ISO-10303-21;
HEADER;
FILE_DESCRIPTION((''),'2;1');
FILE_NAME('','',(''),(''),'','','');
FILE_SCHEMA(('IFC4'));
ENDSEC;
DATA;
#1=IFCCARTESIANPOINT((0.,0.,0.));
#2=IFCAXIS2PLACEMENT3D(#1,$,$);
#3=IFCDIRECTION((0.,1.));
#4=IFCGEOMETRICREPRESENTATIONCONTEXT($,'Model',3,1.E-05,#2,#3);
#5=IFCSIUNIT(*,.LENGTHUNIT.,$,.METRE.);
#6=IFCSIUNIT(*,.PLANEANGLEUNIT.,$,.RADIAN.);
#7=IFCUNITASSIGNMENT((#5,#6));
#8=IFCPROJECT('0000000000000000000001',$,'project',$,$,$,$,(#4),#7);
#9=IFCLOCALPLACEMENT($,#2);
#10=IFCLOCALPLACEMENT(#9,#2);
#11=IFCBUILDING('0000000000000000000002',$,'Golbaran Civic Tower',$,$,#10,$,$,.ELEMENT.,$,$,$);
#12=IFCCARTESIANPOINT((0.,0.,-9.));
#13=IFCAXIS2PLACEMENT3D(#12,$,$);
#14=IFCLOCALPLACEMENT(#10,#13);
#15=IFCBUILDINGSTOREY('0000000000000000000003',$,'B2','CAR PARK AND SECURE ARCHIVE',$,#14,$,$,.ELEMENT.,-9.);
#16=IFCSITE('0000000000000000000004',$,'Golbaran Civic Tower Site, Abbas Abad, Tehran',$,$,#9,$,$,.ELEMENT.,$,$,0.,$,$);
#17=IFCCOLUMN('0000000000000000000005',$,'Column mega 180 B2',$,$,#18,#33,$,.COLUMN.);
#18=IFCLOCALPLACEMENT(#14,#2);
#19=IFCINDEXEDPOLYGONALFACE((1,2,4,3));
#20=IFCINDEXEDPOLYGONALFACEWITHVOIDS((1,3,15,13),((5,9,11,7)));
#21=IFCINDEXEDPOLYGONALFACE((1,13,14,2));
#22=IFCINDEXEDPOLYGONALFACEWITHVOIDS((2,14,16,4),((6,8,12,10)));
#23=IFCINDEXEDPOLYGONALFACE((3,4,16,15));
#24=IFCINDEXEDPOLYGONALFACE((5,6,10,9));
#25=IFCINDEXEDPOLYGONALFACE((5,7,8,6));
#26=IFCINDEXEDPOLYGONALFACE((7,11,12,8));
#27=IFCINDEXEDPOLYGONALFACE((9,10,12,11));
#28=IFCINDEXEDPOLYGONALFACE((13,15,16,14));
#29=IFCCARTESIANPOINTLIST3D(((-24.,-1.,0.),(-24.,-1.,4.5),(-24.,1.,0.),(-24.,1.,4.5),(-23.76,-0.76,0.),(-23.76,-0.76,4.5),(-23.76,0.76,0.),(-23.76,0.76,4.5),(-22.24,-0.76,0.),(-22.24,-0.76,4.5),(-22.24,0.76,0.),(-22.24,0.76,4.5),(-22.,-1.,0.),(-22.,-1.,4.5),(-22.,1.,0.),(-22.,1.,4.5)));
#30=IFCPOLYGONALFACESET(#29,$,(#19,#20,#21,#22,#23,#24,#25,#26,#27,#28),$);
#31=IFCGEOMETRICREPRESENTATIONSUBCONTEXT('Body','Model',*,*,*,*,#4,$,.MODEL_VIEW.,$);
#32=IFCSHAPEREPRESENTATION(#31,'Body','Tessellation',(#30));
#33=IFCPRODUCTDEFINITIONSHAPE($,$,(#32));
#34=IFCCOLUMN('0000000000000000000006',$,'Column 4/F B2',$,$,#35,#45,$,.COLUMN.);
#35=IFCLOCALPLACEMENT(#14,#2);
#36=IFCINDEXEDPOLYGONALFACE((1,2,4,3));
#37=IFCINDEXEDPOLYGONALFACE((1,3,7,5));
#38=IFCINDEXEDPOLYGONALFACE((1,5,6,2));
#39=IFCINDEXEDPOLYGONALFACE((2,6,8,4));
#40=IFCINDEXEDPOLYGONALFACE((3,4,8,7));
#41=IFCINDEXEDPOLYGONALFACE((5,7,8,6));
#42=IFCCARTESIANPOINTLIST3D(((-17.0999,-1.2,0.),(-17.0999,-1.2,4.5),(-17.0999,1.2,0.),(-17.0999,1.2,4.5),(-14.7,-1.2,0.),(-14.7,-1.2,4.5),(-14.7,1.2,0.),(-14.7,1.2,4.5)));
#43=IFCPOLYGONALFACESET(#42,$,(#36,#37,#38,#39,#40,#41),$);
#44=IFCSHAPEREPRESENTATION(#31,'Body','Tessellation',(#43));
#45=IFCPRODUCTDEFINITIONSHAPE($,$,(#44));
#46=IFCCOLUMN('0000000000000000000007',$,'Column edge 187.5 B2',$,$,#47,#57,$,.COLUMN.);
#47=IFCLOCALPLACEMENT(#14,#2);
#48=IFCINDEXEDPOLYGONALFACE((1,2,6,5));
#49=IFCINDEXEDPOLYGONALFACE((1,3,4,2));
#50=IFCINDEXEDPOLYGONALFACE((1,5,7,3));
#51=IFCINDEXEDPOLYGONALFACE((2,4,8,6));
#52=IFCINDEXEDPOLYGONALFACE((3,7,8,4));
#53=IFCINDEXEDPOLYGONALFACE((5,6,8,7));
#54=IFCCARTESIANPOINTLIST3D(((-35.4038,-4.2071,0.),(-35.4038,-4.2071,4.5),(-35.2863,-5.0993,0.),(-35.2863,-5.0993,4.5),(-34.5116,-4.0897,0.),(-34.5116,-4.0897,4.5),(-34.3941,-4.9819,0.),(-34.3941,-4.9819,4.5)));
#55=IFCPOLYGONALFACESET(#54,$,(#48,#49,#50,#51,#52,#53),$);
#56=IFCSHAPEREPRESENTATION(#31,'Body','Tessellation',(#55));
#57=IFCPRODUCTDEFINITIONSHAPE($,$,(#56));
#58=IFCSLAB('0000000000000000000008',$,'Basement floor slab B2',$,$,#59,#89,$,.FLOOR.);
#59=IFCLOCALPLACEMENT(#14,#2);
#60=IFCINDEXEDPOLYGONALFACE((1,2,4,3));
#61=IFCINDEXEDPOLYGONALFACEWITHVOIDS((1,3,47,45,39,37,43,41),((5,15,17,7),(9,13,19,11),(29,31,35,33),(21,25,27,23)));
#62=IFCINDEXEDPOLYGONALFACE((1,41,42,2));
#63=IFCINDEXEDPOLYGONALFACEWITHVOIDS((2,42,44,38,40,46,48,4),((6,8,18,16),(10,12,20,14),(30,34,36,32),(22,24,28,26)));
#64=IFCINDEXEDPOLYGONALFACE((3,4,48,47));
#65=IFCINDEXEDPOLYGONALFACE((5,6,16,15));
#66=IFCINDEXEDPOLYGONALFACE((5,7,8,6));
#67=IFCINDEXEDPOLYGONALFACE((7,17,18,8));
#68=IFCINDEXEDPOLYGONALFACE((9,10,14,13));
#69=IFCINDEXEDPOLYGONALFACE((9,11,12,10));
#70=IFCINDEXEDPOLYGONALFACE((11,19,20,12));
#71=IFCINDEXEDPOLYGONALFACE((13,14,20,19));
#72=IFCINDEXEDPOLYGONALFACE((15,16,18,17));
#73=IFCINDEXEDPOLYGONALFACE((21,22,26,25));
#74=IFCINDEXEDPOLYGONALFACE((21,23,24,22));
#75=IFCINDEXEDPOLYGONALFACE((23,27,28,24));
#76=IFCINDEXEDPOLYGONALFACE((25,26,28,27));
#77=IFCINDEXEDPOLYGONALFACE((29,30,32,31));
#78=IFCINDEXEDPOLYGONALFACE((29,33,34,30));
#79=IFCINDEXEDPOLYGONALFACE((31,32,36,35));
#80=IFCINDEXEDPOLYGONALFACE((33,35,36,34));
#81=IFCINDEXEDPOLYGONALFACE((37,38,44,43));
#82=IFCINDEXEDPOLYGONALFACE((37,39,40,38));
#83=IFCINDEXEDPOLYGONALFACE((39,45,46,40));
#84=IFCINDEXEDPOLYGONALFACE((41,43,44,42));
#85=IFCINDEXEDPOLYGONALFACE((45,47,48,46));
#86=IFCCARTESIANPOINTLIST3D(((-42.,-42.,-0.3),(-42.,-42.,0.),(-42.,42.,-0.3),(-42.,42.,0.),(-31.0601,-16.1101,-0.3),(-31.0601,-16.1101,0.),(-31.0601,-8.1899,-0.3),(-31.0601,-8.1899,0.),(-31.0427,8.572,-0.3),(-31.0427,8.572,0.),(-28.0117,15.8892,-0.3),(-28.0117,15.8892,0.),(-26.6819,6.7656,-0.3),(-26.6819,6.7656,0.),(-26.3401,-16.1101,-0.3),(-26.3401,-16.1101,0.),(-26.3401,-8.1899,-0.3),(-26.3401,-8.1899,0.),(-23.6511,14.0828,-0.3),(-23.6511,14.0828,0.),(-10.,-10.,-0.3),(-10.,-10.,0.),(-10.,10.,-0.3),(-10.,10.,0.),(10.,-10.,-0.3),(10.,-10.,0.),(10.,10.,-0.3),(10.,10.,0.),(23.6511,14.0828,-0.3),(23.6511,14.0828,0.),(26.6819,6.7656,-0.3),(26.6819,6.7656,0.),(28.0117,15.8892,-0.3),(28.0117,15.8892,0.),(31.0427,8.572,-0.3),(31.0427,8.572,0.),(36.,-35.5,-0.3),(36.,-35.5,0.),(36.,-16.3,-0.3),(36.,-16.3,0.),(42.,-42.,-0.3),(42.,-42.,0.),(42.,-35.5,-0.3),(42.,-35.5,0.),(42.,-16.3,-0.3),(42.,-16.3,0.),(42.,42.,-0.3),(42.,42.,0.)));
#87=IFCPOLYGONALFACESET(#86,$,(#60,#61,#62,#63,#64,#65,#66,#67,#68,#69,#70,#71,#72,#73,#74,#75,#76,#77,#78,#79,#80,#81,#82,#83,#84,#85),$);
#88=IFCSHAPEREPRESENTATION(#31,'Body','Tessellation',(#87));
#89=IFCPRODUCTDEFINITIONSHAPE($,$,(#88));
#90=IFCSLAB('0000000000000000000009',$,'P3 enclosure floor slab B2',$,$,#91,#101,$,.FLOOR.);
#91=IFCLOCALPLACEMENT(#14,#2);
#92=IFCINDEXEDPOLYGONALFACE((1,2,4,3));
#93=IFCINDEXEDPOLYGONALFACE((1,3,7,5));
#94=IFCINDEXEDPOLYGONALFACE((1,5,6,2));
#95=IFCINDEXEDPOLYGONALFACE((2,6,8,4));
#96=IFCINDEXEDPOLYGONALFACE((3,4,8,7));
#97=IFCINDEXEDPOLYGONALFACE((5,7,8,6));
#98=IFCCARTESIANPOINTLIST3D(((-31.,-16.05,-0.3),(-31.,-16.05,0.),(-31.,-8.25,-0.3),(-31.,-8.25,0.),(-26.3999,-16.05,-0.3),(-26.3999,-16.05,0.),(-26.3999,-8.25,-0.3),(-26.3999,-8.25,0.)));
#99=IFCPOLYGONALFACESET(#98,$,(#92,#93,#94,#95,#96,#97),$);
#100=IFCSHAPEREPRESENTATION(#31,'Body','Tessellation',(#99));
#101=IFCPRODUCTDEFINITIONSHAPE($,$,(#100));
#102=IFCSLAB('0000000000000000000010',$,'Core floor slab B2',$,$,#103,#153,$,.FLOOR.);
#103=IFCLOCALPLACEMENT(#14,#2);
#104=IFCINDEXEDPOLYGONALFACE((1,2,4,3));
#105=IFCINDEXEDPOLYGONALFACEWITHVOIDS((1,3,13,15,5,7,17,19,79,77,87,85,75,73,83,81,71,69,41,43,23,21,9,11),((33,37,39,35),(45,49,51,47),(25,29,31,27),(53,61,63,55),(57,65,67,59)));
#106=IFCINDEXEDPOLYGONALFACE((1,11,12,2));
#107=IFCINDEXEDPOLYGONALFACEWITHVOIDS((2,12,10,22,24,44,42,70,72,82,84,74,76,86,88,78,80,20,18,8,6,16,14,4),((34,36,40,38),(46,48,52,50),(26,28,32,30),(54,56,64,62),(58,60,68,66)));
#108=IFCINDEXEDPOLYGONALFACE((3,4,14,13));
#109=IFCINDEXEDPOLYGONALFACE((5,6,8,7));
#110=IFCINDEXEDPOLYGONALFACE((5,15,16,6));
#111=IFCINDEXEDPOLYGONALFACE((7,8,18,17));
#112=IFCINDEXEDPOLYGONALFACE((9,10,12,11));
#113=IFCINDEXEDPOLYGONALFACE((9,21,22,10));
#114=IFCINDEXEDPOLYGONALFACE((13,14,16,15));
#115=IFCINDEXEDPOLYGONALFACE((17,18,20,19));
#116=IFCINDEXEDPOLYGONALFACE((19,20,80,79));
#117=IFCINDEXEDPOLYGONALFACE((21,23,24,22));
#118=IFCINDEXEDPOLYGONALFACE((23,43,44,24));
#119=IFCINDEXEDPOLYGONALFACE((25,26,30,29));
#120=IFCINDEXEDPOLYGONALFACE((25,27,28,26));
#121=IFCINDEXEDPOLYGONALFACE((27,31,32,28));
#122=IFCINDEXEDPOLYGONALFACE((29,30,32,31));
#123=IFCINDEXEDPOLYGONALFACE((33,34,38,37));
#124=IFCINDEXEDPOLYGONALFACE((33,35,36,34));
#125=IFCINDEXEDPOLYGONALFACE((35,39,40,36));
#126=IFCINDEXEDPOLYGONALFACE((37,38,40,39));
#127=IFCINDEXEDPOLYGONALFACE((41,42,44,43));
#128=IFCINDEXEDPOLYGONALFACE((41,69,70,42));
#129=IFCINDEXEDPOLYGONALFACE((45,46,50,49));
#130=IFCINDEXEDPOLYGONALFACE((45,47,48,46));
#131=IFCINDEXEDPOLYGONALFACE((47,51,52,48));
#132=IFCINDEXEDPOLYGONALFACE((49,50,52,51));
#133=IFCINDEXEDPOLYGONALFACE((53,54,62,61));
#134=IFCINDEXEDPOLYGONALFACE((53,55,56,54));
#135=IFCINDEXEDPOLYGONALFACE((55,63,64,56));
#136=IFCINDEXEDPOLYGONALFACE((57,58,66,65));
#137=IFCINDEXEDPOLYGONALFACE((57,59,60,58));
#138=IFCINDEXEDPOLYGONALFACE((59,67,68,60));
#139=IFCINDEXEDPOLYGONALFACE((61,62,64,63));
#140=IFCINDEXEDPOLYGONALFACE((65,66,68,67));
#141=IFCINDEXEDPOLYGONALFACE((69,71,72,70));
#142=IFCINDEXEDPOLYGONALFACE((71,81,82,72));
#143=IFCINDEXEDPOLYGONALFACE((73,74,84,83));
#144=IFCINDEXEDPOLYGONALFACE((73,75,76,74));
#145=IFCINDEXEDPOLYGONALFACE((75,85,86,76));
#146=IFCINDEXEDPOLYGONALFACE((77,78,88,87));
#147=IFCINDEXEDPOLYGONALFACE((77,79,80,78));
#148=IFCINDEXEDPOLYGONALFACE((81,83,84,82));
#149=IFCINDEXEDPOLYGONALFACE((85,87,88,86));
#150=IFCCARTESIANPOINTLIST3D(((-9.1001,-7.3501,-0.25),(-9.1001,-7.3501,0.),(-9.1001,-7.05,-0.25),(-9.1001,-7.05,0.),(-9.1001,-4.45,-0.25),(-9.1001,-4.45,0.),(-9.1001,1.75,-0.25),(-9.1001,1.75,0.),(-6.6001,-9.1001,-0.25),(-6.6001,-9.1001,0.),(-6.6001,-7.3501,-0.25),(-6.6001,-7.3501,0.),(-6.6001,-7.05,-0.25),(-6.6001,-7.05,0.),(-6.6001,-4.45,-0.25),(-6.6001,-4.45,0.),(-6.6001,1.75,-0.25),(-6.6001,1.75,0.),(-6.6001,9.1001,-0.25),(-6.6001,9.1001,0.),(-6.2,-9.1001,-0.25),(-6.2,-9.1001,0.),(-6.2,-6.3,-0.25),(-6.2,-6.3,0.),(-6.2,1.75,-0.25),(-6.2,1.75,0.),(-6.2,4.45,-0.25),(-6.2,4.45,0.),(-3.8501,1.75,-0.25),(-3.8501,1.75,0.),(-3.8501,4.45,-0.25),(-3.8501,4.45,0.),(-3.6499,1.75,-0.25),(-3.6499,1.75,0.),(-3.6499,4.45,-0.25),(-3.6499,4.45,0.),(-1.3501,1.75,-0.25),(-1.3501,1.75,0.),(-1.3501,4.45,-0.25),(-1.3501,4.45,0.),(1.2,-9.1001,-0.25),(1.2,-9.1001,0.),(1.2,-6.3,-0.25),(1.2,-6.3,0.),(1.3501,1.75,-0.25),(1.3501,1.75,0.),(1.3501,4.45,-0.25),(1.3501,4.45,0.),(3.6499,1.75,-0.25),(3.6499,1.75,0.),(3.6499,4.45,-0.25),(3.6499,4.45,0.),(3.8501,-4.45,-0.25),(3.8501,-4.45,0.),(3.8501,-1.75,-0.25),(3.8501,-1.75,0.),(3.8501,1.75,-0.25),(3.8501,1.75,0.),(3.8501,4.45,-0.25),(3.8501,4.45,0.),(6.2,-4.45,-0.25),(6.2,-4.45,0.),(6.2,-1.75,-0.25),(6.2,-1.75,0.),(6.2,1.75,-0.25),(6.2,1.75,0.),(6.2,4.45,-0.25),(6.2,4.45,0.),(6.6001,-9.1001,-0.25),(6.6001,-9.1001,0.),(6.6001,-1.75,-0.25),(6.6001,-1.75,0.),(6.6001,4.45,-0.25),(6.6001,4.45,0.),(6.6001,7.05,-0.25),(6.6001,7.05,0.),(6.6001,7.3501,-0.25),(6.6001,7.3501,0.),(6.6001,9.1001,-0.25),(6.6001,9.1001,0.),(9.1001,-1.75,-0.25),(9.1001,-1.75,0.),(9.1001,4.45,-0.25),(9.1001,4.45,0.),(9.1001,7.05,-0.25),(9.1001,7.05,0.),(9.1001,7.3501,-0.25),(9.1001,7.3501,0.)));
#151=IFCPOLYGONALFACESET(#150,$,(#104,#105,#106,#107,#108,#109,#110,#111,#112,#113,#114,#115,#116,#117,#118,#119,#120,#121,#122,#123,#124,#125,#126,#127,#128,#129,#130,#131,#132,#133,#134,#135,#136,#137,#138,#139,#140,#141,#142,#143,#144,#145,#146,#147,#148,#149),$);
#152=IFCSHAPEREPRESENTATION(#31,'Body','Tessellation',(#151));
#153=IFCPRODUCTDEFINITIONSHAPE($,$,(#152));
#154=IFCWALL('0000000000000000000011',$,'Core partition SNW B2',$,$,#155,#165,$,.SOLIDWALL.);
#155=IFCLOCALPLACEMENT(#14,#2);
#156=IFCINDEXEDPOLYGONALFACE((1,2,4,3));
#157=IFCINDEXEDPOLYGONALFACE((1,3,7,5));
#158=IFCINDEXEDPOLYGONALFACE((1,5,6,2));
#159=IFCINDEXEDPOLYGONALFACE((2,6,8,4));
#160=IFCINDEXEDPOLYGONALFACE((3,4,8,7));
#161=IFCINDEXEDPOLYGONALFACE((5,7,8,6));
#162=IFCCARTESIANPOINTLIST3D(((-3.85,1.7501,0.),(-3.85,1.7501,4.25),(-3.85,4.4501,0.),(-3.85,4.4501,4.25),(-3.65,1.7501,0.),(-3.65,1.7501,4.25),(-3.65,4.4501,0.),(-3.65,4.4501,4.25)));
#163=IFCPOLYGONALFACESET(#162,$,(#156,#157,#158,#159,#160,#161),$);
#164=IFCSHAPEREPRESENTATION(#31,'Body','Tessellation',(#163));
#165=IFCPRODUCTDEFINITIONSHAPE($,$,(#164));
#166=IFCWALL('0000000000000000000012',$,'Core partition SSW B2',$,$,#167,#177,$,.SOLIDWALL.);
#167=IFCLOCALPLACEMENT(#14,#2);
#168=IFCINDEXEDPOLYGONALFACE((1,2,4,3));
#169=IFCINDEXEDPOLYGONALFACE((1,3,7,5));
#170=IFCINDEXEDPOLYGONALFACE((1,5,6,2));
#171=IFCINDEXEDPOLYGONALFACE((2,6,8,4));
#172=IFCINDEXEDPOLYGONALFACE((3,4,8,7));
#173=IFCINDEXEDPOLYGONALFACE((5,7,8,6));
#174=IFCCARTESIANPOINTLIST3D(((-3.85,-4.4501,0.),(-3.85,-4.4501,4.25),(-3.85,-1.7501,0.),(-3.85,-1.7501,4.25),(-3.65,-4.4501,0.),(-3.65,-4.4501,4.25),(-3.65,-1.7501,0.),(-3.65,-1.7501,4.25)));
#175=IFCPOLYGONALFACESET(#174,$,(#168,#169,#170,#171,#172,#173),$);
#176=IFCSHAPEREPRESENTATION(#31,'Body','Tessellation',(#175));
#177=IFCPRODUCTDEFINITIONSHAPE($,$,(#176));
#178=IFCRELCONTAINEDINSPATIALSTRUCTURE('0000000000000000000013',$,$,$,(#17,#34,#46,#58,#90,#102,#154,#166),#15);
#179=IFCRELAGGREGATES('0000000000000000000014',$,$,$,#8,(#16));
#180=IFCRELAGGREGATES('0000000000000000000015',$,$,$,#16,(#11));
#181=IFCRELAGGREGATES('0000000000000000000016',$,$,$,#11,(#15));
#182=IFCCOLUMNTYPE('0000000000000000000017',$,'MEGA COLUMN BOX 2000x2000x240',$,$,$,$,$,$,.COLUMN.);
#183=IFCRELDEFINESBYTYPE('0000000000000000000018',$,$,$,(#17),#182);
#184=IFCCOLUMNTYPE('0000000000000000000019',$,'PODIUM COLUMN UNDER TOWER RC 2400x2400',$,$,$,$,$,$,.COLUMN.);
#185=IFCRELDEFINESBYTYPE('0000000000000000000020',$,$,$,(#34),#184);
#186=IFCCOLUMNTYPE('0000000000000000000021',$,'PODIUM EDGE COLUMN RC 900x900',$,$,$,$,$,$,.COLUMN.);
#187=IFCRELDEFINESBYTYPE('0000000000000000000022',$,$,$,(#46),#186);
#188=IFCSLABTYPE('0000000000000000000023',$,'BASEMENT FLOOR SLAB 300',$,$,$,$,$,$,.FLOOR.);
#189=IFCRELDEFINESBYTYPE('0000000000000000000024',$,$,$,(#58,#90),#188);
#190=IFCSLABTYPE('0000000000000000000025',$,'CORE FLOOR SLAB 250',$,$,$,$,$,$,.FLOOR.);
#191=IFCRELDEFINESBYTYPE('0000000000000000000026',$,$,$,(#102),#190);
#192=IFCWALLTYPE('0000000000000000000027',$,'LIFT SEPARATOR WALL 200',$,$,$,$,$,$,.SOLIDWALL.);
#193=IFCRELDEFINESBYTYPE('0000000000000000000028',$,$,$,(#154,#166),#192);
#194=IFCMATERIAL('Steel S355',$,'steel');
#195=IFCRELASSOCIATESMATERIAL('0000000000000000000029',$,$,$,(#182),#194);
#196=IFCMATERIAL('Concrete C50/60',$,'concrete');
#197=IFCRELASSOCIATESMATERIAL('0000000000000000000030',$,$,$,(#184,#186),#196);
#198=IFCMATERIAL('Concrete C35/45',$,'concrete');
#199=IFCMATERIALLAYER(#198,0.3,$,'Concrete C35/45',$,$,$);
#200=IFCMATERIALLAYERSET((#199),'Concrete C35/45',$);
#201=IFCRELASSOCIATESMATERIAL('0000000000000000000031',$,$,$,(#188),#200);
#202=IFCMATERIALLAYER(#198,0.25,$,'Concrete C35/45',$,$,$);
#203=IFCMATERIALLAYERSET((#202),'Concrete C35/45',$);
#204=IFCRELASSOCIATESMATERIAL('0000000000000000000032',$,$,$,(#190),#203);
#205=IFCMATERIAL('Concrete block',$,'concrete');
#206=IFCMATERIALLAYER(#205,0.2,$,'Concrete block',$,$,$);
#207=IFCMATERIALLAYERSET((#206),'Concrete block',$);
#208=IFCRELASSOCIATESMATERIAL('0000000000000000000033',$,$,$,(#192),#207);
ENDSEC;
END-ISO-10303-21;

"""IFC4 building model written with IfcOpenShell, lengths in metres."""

from ifc_helpers import new_model, si_unit, direction, frame, frame_2d, origin, origin_2d, place, context, subcontext, project, spatial, polyline, rectangle, hollow_rectangle, outline, extrude, material, layer, layer_set, material_profile, profile_set, type_object, element, save


model = new_model("IFC4")

# Units and contexts
model_context = context("Model", 3, precision=1e-05, world=origin(), true_north=direction((0.0, 1.0)))
body_context = subcontext(model_context, "Body", "Model", "MODEL_VIEW")
ifc_project = project(units=[si_unit("LENGTHUNIT", "METRE"), si_unit("PLANEANGLEUNIT", "RADIAN")], contexts=[model_context])

# Site, building, storey
site_placement = place(None, origin())
site = spatial("IfcSite", under=ifc_project, at=site_placement, Name="Golbaran Civic Tower Site, Abbas Abad, Tehran", CompositionType="ELEMENT", RefElevation=0.0)
building_placement = place(site_placement, origin())
building = spatial("IfcBuilding", under=site, at=building_placement, Name="Golbaran Civic Tower", CompositionType="ELEMENT")
storey_placement = place(building_placement, frame((0.0, 0.0, -9.0)))
storey = spatial("IfcBuildingStorey", under=building, at=storey_placement, Name="B2", Description="CAR PARK AND SECURE ARCHIVE", CompositionType="ELEMENT", Elevation=-9.0)

# Columns
ifc_material_1 = material(Name="Steel S355", Category="steel")
ifc_material_profile_1 = material_profile(ifc_material_1, hollow_rectangle(XDim=2.0, YDim=2.0, WallThickness=0.24, at=origin_2d()), Name="BOX 2000x2000x240")
ifc_profile_set_1 = profile_set([ifc_material_profile_1], Name="Steel S355")
column_type_1 = type_object("IfcColumnType", Name="MEGA COLUMN BOX 2000x2000x240", PredefinedType="COLUMN", material=ifc_profile_set_1)
column_1_placement = place(storey_placement, frame((-23.0, 0.0, 0.0), z_axis=(0.0, 0.0, 1.0), x_axis=(-1.0, 0.0, 0.0)))
element("IfcColumn", 1, at=column_1_placement, inside=storey, type_object=column_type_1, Name="Column mega 180 B2", PredefinedType="COLUMN", context=body_context, shape_type="SweptSolid", body=[
    extrude(hollow_rectangle(XDim=2.0, YDim=2.0, WallThickness=0.24, at=origin_2d()), origin(), (0.0, 0.0, 1.0), 4.5),
])
ifc_material_2 = material(Name="Concrete C50/60", Category="concrete")
ifc_material_profile_2 = material_profile(ifc_material_2, rectangle(XDim=2.3999, YDim=2.3999, at=origin_2d()), Name="RC 2400x2400")
ifc_profile_set_2 = profile_set([ifc_material_profile_2], Name="Concrete C50/60")
column_type_2 = type_object("IfcColumnType", Name="PODIUM COLUMN UNDER TOWER RC 2400x2400", PredefinedType="COLUMN", material=ifc_profile_set_2)
column_2_placement = place(storey_placement, frame((-15.8999, 0.0, 0.0), z_axis=(0.0, 0.0, 1.0), x_axis=(1.0, 0.0, 0.0)))
element("IfcColumn", 2, at=column_2_placement, inside=storey, type_object=column_type_2, Name="Column 4/F B2", PredefinedType="COLUMN", context=body_context, shape_type="SweptSolid", body=[
    extrude(rectangle(XDim=2.3999, YDim=2.3999, at=origin_2d()), origin(), (0.0, 0.0, 1.0), 4.5),
])
ifc_material_profile_3 = material_profile(ifc_material_2, rectangle(XDim=0.8999, YDim=0.8999, at=origin_2d()), Name="RC 900x900")
ifc_profile_set_3 = profile_set([ifc_material_profile_3], Name="Concrete C50/60")
column_type_3 = type_object("IfcColumnType", Name="PODIUM EDGE COLUMN RC 900x900", PredefinedType="COLUMN", material=ifc_profile_set_3)
column_3_placement = place(storey_placement, frame((-34.8989, -4.5945, 0.0), z_axis=(0.0, 0.0, 1.0), x_axis=(-0.991445, -0.130526, 0.0)))
element("IfcColumn", 3, at=column_3_placement, inside=storey, type_object=column_type_3, Name="Column edge 187.5 B2", PredefinedType="COLUMN", context=body_context, shape_type="SweptSolid", body=[
    extrude(rectangle(XDim=0.8999, YDim=0.8999, at=origin_2d()), origin(), (0.0, 0.0, 1.0), 4.5),
])

# Slabs
ifc_material_3 = material(Name="Concrete C35/45", Category="concrete")
ifc_layer_1 = layer(ifc_material_3, 0.3, Name="Concrete C35/45")
ifc_layer_set_1 = layer_set([ifc_layer_1], Name="Concrete C35/45")
slab_type_1 = type_object("IfcSlabType", Name="BASEMENT FLOOR SLAB 300", PredefinedType="FLOOR", material=ifc_layer_set_1)
slab_1_placement = place(storey_placement, frame((0.0, 0.0, -0.3)))
element("IfcSlab", 4, at=slab_1_placement, inside=storey, type_object=slab_type_1, Name="Basement floor slab B2", PredefinedType="FLOOR", context=body_context, shape_type="SweptSolid", body=[
    extrude(outline(polyline([(42.0, -16.3), (36.0, -16.3), (36.0, -35.5), (42.0, -35.5), (42.0, -42.0), (-42.0, -42.0), (-42.0, 42.0), (42.0, 42.0), (42.0, -16.3)]), holes=[polyline([(31.0427, 8.572), (28.0117, 15.8892), (23.6511, 14.0828), (26.6819, 6.7656), (31.0427, 8.572)]), polyline([(10.0, -10.0), (10.0, 10.0), (-10.0, 10.0), (-10.0, -10.0), (10.0, -10.0)]), polyline([(-28.0117, 15.8892), (-31.0427, 8.572), (-26.6819, 6.7656), (-23.6511, 14.0828), (-28.0117, 15.8892)]), polyline([(-31.0601, -16.1101), (-26.3401, -16.1101), (-26.3401, -8.1899), (-31.0601, -8.1899), (-31.0601, -16.1101)])]), origin(), (0.0, 0.0, 1.0), 0.3),
])
slab_2_placement = place(storey_placement, frame((0.0, 0.0, -0.3)))
element("IfcSlab", 5, at=slab_2_placement, inside=storey, type_object=slab_type_1, Name="P3 enclosure floor slab B2", PredefinedType="FLOOR", context=body_context, shape_type="SweptSolid", body=[
    extrude(outline(polyline([(-26.3999, -16.05), (-31.0, -16.05), (-31.0, -8.25), (-26.3999, -8.25), (-26.3999, -16.05)])), origin(), (0.0, 0.0, 1.0), 0.3),
])
ifc_layer_2 = layer(ifc_material_3, 0.25, Name="Concrete C35/45")
ifc_layer_set_2 = layer_set([ifc_layer_2], Name="Concrete C35/45")
slab_type_2 = type_object("IfcSlabType", Name="CORE FLOOR SLAB 250", PredefinedType="FLOOR", material=ifc_layer_set_2)
slab_3_placement = place(storey_placement, frame((0.0, 0.0, -0.25)))
element("IfcSlab", 6, at=slab_3_placement, inside=storey, type_object=slab_type_2, Name="Core floor slab B2", PredefinedType="FLOOR", context=body_context, shape_type="SweptSolid", body=[
    extrude(outline(polyline([(6.6001, -1.75), (6.6001, -9.1001), (1.2, -9.1001), (1.2, -6.3), (-6.2, -6.3), (-6.2, -9.1001), (-6.6001, -9.1001), (-6.6001, -7.3501), (-9.1001, -7.3501), (-9.1001, -7.05), (-6.6001, -7.05), (-6.6001, -4.45), (-9.1001, -4.45), (-9.1001, 1.75), (-6.6001, 1.75), (-6.6001, 9.1001), (6.6001, 9.1001), (6.6001, 7.3501), (9.1001, 7.3501), (9.1001, 7.05), (6.6001, 7.05), (6.6001, 4.45), (9.1001, 4.45), (9.1001, -1.75), (6.6001, -1.75)]), holes=[polyline([(6.2, -1.75), (3.8501, -1.75), (3.8501, -4.45), (6.2, -4.45), (6.2, -1.75)]), polyline([(3.8501, 4.45), (3.8501, 1.75), (6.2, 1.75), (6.2, 4.45), (3.8501, 4.45)]), polyline([(3.6499, 4.45), (1.3501, 4.45), (1.3501, 1.75), (3.6499, 1.75), (3.6499, 4.45)]), polyline([(-1.3501, 4.45), (-3.6499, 4.45), (-3.6499, 1.75), (-1.3501, 1.75), (-1.3501, 4.45)]), polyline([(-6.2, 4.45), (-6.2, 1.75), (-3.8501, 1.75), (-3.8501, 4.45), (-6.2, 4.45)])]), origin(), (0.0, 0.0, 1.0), 0.25),
])

# Walls
ifc_material_4 = material(Name="Concrete block", Category="concrete")
ifc_layer_3 = layer(ifc_material_4, 0.2, Name="Concrete block")
ifc_layer_set_3 = layer_set([ifc_layer_3], Name="Concrete block")
wall_type_1 = type_object("IfcWallType", Name="LIFT SEPARATOR WALL 200", PredefinedType="SOLIDWALL", material=ifc_layer_set_3)
for number, where, z_axis, x_axis, name in (
    (7, (-3.75, 1.75, 0.0), (0.0, 0.0, 1.0), (0.0, 1.0, 0.0), "Core partition SNW B2"),
    (8, (-3.75, -1.75, 0.0), (0.0, 0.0, 1.0), (0.0, -1.0, 0.0), "Core partition SSW B2"),
):
    element("IfcWall", number, at=place(storey_placement, frame(where, z_axis=z_axis, x_axis=x_axis)), inside=storey, type_object=wall_type_1, Name=name, PredefinedType="SOLIDWALL", context=body_context, shape_type="SweptSolid", body=[
        extrude(rectangle(XDim=2.7, YDim=0.2, at=frame_2d((1.3501, 0.0))), origin(), (0.0, 0.0, 1.0), 4.25),
    ])

save(model, "model.ifc")
